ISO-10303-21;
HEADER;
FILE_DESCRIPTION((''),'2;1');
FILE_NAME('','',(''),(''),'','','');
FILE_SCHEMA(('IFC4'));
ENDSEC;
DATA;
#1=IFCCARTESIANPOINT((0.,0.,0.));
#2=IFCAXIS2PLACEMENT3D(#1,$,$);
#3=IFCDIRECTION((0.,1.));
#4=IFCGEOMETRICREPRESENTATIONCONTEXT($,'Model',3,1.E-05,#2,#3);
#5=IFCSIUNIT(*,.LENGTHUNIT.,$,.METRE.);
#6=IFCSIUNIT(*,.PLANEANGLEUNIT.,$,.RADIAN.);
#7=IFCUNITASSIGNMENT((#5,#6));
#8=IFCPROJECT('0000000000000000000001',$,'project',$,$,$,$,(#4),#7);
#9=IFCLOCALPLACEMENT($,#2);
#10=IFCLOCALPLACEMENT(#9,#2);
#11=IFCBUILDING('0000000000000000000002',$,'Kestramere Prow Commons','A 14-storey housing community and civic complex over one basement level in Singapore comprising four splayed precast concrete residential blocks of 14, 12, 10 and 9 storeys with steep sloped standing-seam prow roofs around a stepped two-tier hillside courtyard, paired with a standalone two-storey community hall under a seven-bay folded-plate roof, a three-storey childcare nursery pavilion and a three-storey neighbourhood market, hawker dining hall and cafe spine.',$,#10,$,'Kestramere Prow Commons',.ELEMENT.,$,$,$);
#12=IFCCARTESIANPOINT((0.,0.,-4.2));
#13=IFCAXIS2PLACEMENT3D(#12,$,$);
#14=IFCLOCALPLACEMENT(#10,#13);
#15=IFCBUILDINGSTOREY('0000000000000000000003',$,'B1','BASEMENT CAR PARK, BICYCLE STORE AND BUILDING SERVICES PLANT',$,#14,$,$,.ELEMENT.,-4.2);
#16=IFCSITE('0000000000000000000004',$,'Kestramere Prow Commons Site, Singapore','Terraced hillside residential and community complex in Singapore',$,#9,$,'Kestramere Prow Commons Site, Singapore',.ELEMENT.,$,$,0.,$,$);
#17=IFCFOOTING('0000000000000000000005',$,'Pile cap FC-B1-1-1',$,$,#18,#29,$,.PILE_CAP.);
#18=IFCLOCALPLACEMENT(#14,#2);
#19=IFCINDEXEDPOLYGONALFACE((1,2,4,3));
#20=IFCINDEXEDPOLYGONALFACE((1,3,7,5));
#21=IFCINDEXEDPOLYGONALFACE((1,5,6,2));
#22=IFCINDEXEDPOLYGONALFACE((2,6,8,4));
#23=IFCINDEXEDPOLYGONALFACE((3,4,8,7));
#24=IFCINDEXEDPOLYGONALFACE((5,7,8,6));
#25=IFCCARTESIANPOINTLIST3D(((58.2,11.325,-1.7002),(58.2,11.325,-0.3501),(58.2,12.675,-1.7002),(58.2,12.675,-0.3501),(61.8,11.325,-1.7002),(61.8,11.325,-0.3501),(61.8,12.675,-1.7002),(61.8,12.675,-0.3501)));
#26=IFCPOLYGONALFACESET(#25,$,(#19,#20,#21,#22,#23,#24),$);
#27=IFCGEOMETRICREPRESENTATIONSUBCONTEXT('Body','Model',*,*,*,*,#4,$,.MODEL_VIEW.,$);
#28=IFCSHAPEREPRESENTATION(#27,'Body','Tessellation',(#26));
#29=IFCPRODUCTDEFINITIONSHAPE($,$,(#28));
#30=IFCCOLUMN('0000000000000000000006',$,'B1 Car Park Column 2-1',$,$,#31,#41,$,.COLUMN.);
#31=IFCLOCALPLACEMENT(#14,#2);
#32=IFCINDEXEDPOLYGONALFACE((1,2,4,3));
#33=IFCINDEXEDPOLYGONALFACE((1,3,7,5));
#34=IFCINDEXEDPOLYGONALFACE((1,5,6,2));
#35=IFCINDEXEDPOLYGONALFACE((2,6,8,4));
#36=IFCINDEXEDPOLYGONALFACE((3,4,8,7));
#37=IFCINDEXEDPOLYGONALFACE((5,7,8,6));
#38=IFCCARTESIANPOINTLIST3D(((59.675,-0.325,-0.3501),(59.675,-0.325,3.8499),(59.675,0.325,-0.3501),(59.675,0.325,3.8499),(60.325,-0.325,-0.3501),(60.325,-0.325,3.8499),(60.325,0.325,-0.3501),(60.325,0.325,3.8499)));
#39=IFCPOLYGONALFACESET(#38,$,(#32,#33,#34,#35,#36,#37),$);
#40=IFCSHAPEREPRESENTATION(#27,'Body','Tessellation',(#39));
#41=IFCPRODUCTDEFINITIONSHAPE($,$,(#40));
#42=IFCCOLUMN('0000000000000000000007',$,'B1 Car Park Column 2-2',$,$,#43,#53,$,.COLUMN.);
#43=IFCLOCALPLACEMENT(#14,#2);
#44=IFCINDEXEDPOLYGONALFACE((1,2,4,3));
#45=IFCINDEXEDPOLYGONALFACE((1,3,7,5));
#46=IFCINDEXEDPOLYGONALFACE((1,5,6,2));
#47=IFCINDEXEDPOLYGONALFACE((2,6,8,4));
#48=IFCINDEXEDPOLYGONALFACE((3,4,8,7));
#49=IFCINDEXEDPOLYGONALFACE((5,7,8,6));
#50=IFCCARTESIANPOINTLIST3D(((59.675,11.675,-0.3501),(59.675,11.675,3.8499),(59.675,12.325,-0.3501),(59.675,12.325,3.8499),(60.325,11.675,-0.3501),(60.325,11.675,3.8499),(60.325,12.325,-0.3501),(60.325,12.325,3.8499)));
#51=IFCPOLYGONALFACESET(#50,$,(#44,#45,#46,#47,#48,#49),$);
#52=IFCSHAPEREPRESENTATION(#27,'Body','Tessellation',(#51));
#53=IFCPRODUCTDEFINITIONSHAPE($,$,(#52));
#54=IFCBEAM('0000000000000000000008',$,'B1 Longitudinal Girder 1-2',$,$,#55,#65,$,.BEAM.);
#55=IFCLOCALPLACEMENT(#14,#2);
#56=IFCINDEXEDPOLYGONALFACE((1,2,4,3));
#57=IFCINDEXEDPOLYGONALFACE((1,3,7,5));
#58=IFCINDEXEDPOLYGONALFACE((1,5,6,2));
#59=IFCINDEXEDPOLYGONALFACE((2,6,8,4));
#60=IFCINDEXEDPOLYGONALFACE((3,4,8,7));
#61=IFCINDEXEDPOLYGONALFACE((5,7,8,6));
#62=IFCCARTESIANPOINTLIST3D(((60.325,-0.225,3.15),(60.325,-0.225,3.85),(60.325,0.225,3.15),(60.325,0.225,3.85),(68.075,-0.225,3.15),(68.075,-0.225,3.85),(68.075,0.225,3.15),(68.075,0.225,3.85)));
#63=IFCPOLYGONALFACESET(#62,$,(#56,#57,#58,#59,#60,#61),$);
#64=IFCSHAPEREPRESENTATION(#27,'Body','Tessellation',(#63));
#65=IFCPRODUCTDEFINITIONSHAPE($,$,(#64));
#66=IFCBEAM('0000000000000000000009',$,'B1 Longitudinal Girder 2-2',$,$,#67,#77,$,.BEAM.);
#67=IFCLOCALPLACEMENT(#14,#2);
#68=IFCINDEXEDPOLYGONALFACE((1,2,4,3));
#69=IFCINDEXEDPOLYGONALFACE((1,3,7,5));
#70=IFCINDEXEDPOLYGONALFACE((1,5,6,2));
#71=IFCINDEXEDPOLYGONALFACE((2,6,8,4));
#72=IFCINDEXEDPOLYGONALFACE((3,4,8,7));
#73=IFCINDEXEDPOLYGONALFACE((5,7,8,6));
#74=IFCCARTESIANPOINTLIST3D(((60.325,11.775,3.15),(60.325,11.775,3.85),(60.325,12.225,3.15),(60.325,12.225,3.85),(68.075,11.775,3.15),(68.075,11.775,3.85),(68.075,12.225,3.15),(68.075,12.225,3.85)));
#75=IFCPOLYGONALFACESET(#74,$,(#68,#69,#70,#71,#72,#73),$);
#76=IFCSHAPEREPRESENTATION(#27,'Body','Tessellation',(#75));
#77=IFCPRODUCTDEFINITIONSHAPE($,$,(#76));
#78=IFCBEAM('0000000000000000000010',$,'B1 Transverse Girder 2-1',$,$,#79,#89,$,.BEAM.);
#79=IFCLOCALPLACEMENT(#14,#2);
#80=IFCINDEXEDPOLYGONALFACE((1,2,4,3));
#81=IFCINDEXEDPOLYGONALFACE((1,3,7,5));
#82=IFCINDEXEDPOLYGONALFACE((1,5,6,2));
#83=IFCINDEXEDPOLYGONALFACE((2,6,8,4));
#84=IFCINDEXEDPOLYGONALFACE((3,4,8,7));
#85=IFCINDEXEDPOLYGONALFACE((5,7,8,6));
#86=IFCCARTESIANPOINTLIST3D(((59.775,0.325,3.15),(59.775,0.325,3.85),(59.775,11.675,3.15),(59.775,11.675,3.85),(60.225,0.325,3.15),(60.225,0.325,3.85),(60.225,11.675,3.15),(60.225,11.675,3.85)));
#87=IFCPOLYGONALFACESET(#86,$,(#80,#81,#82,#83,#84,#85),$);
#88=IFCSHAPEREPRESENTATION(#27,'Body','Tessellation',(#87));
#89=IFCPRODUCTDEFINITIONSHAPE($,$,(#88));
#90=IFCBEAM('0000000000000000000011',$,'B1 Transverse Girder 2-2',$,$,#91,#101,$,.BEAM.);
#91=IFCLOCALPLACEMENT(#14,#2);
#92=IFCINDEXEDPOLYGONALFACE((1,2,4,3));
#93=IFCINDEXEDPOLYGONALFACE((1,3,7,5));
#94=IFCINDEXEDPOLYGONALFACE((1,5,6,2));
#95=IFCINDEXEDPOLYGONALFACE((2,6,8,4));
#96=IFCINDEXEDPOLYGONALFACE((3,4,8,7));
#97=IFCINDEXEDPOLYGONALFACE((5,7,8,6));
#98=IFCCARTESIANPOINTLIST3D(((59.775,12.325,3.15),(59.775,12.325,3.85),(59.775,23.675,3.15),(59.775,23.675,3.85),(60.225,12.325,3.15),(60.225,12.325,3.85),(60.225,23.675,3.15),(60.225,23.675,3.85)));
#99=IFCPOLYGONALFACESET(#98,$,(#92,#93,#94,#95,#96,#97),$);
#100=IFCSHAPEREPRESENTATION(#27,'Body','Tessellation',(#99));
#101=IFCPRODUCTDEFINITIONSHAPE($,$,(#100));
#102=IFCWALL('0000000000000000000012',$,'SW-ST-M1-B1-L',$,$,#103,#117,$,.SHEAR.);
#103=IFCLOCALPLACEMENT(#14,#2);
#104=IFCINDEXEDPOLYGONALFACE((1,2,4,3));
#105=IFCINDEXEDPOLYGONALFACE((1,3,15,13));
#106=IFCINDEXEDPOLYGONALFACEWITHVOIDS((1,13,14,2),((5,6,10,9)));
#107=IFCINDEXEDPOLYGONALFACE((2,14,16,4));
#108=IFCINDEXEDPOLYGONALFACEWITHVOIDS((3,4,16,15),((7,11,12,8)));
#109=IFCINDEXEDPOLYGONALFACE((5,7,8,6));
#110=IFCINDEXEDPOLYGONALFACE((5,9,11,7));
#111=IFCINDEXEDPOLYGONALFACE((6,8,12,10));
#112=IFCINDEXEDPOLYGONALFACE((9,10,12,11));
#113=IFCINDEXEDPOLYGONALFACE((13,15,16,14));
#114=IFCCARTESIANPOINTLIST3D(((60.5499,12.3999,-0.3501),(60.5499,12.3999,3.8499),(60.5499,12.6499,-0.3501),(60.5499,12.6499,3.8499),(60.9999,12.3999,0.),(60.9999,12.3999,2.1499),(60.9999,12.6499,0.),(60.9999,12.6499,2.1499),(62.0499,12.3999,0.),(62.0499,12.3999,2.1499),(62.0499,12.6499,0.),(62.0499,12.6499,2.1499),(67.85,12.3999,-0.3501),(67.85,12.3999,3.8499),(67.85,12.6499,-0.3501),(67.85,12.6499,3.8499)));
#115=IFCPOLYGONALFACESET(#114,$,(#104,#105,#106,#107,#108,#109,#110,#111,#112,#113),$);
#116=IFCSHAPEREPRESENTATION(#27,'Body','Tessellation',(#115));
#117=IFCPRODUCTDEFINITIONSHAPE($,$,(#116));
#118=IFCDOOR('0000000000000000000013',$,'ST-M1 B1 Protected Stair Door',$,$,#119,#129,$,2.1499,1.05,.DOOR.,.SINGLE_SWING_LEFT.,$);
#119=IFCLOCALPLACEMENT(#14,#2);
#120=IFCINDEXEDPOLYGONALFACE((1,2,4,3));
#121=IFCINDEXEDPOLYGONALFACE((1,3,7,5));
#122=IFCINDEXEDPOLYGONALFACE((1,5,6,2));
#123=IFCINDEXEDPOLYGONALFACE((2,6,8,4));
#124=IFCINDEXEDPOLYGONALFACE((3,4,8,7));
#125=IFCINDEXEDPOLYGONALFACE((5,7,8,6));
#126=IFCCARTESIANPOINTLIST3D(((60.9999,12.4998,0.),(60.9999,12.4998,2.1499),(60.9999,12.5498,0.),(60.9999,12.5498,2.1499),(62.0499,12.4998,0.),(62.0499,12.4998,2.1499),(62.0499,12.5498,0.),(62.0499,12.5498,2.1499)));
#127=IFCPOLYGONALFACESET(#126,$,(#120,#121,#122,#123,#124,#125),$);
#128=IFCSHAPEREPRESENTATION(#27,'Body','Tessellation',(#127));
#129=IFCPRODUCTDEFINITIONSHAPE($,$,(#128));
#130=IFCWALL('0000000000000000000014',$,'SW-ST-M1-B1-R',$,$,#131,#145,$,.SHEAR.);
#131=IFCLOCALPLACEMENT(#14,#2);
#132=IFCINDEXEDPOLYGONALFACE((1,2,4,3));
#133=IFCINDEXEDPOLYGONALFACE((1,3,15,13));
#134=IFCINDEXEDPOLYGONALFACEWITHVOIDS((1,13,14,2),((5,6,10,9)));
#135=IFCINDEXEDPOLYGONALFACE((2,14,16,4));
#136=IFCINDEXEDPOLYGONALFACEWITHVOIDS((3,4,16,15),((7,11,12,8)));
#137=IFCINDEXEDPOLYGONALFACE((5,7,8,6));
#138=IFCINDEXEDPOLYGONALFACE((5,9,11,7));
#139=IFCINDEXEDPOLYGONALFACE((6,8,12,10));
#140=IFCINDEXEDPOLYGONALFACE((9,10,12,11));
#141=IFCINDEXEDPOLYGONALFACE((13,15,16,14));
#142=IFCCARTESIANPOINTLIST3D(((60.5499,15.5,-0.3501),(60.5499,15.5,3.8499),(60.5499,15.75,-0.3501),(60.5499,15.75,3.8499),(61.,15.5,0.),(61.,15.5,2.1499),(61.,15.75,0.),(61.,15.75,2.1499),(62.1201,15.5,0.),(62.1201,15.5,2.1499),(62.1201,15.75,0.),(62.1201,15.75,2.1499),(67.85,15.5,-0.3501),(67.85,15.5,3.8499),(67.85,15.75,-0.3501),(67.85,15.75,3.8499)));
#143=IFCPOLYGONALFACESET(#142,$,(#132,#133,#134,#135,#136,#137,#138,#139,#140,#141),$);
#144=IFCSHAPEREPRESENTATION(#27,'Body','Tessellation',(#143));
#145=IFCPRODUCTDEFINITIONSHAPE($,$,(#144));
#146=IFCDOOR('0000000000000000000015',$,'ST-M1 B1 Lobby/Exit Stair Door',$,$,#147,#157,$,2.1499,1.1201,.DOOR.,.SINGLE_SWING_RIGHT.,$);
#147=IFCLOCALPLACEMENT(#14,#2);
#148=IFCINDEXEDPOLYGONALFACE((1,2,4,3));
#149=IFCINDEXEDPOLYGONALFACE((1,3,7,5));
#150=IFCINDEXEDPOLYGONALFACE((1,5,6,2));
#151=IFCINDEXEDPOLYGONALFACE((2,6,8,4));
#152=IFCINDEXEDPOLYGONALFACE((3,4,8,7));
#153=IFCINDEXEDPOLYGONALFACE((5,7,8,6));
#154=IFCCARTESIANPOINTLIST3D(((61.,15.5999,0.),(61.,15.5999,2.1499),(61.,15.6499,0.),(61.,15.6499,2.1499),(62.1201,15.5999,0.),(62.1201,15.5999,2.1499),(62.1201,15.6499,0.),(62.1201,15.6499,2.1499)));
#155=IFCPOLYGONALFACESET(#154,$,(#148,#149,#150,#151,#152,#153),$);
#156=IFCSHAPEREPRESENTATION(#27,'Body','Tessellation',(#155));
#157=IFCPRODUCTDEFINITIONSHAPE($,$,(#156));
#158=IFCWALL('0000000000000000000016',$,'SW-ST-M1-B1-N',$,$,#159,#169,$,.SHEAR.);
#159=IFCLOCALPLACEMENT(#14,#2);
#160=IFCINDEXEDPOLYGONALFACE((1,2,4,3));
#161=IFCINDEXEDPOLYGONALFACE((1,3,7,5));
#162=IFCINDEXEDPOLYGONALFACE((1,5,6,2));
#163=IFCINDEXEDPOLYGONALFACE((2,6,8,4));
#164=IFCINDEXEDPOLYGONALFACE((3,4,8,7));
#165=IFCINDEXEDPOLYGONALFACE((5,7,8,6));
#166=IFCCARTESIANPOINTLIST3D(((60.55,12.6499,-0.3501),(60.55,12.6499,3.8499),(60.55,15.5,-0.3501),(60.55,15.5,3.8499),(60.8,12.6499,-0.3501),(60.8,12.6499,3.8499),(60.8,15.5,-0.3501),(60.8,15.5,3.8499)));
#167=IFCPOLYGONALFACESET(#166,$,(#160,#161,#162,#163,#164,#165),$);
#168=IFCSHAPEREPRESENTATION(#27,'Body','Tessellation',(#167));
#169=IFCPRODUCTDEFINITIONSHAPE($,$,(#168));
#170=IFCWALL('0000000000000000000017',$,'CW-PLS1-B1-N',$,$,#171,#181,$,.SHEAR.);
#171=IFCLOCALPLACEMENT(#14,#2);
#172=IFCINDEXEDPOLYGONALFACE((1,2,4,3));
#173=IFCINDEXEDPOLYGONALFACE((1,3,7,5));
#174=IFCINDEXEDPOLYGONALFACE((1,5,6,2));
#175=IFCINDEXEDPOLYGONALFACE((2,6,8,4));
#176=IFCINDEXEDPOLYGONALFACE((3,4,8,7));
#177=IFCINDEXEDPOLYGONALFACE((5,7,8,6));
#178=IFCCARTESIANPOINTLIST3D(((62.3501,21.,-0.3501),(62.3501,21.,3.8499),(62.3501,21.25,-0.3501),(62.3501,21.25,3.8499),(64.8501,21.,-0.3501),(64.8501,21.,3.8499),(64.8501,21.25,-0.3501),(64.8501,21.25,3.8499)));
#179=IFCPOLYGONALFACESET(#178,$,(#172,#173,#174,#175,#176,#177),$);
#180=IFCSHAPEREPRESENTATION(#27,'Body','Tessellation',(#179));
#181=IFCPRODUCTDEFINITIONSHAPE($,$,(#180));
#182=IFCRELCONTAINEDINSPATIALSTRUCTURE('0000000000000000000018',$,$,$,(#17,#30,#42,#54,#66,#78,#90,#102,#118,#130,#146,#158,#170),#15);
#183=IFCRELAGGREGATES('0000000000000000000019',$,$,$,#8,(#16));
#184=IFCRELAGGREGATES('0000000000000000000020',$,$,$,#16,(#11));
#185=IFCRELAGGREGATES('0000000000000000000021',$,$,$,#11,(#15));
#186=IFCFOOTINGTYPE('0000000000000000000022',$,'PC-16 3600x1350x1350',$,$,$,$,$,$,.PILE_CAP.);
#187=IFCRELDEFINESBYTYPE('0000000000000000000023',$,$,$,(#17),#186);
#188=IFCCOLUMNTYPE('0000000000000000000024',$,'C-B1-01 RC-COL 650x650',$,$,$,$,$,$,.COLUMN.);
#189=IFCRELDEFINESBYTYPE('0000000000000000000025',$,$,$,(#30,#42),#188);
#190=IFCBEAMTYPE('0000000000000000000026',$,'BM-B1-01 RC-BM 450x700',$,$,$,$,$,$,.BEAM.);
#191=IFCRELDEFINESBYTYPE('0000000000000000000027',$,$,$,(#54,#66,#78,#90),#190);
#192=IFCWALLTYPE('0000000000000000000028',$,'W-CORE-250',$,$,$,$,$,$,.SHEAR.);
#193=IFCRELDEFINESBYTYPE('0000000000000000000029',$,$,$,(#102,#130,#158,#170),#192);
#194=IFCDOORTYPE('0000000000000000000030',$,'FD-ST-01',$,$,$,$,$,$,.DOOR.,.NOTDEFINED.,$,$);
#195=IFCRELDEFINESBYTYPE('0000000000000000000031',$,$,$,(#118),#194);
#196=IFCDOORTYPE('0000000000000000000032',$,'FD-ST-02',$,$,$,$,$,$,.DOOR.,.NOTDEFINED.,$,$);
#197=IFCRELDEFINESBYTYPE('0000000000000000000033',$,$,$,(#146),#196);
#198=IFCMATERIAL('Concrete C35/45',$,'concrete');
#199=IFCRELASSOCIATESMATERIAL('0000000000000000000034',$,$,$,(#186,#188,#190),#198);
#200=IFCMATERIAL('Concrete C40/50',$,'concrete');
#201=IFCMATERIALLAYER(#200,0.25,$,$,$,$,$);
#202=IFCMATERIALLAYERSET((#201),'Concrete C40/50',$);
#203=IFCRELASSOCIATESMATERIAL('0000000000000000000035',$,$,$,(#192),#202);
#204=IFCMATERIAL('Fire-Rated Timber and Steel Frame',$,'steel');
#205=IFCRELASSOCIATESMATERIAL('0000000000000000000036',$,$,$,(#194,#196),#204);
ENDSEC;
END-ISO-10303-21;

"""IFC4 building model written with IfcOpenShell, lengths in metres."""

from ifc_helpers import new_model, si_unit, direction, frame, frame_2d, origin, origin_2d, place, context, subcontext, project, spatial, rectangle, extrude, material, layer, layer_set, material_profile, profile_set, type_object, element, fill, save


model = new_model("IFC4")

# Units and contexts
model_context = context("Model", 3, precision=1e-05, world=origin(), true_north=direction((0.0, 1.0)))
body_context = subcontext(model_context, "Body", "Model", "MODEL_VIEW")
ifc_project = project(units=[si_unit("LENGTHUNIT", "METRE"), si_unit("PLANEANGLEUNIT", "RADIAN")], contexts=[model_context])

# Site, building, storey
site_placement = place(None, origin())
site = spatial("IfcSite", under=ifc_project, at=site_placement, Name="Kestramere Prow Commons Site, Singapore", Description="Terraced hillside residential and community complex in Singapore", LongName="Kestramere Prow Commons Site, Singapore", CompositionType="ELEMENT", RefElevation=0.0)
building_placement = place(site_placement, origin())
building = spatial("IfcBuilding", under=site, at=building_placement, Name="Kestramere Prow Commons", Description="A 14-storey housing community and civic complex over one basement level in Singapore comprising four splayed precast concrete residential blocks of 14, 12, 10 and 9 storeys with steep sloped standing-seam prow roofs around a stepped two-tier hillside courtyard, paired with a standalone two-storey community hall under a seven-bay folded-plate roof, a three-storey childcare nursery pavilion and a three-storey neighbourhood market, hawker dining hall and cafe spine.", LongName="Kestramere Prow Commons", CompositionType="ELEMENT")
storey_placement = place(building_placement, frame((0.0, 0.0, -4.2)))
storey = spatial("IfcBuildingStorey", under=building, at=storey_placement, Name="B1", Description="BASEMENT CAR PARK, BICYCLE STORE AND BUILDING SERVICES PLANT", CompositionType="ELEMENT", Elevation=-4.2)

# Shared definitions
ifc_material_1 = material(Name="Concrete C35/45", Category="concrete")

# Footing
footing_type_1 = type_object("IfcFootingType", Name="PC-16 3600x1350x1350", PredefinedType="PILE_CAP", material=ifc_material_1)
for number, where, z_axis, x_axis, name in (
    (1, (60.0, 12.0, -1.7002), (0.0, 0.0, 1.0), (1.0, 0.0, 0.0), "Pile cap FC-B1-1-1"),
):
    element("IfcFooting", number, at=place(storey_placement, frame(where, z_axis=z_axis, x_axis=x_axis)), inside=storey, type_object=footing_type_1, Name=name, PredefinedType="PILE_CAP", context=body_context, shape_type="SweptSolid", body=[
        extrude(rectangle(XDim=3.6001, YDim=1.3501, at=origin_2d()), origin(), (0.0, 0.0, 1.0), 1.3501),
    ])

# Columns
ifc_material_profile_1 = material_profile(ifc_material_1, rectangle(XDim=0.6499, YDim=0.6499, at=origin_2d()), Name="RC-COL 650x650")
ifc_profile_set_1 = profile_set([ifc_material_profile_1], Name="Concrete C35/45")
column_type = type_object("IfcColumnType", Name="C-B1-01 RC-COL 650x650", PredefinedType="COLUMN", material=ifc_profile_set_1)
for number, where, z_axis, x_axis, name in (
    (2, (60.0, 0.0, -0.3501), (0.0, 0.0, 1.0), (1.0, 0.0, 0.0), "B1 Car Park Column 2-1"),
    (3, (60.0, 12.0, -0.3501), (0.0, 0.0, 1.0), (1.0, 0.0, 0.0), "B1 Car Park Column 2-2"),
):
    element("IfcColumn", number, at=place(storey_placement, frame(where, z_axis=z_axis, x_axis=x_axis)), inside=storey, type_object=column_type, Name=name, PredefinedType="COLUMN", context=body_context, shape_type="SweptSolid", body=[
        extrude(rectangle(XDim=0.6499, YDim=0.6499, at=origin_2d()), origin(), (0.0, 0.0, 1.0), 4.2),
    ])

# Beams
ifc_material_profile_2 = material_profile(ifc_material_1, rectangle(XDim=0.45, YDim=0.7, at=origin_2d()), Name="RC-BM 450x700")
ifc_profile_set_2 = profile_set([ifc_material_profile_2], Name="Concrete C35/45")
beam_type = type_object("IfcBeamType", Name="BM-B1-01 RC-BM 450x700", PredefinedType="BEAM", material=ifc_profile_set_2)
for number, where, z_axis, x_axis, name in (
    (4, (60.325, 0.0, 3.5), (1.0, 0.0, 0.0), (0.0, 1.0, 0.0), "B1 Longitudinal Girder 1-2"),
    (5, (60.325, 12.0, 3.5), (1.0, 0.0, 0.0), (0.0, 1.0, 0.0), "B1 Longitudinal Girder 2-2"),
):
    element("IfcBeam", number, at=place(storey_placement, frame(where, z_axis=z_axis, x_axis=x_axis)), inside=storey, type_object=beam_type, Name=name, PredefinedType="BEAM", context=body_context, shape_type="SweptSolid", body=[
        extrude(rectangle(XDim=0.45, YDim=0.7, at=origin_2d()), origin(), (0.0, 0.0, 1.0), 7.75),
    ])
for number, where, z_axis, x_axis, name in (
    (6, (60.0, 0.325, 3.5), (0.0, 1.0, 0.0), (-1.0, 0.0, 0.0), "B1 Transverse Girder 2-1"),
    (7, (60.0, 12.325, 3.5), (0.0, 1.0, 0.0), (-1.0, 0.0, 0.0), "B1 Transverse Girder 2-2"),
):
    element("IfcBeam", number, at=place(storey_placement, frame(where, z_axis=z_axis, x_axis=x_axis)), inside=storey, type_object=beam_type, Name=name, PredefinedType="BEAM", context=body_context, shape_type="SweptSolid", body=[
        extrude(rectangle(XDim=0.45, YDim=0.7, at=origin_2d()), origin(), (0.0, 0.0, 1.0), 11.3501),
    ])

# Walls, openings, doors
ifc_material_2 = material(Name="Concrete C40/50", Category="concrete")
ifc_layer_1 = layer(ifc_material_2, 0.25)
ifc_layer_set_1 = layer_set([ifc_layer_1], Name="Concrete C40/50")
wall_type_1 = type_object("IfcWallType", Name="W-CORE-250", PredefinedType="SHEAR", material=ifc_layer_set_1)
wall_1_placement = place(storey_placement, frame((60.55, 12.5249, -0.3501), z_axis=(0.0, 0.0, 1.0), x_axis=(1.0, 0.0, 0.0)))
wall_1 = element("IfcWall", 8, at=wall_1_placement, inside=storey, type_object=wall_type_1, Name="SW-ST-M1-B1-L", PredefinedType="SHEAR", context=body_context, shape_type="SweptSolid", body=[
    extrude(rectangle(XDim=7.3, YDim=0.25, at=frame_2d((3.6499, 0.0))), origin(), (0.0, 0.0, 1.0), 4.2),
])
opening_1_placement = place(wall_1_placement, frame((0.45, 0.0, 0.3501)))
opening_1 = element("IfcOpeningElement", 9, at=opening_1_placement, cuts=wall_1, PredefinedType="OPENING", context=body_context, shape_type="SweptSolid", body=[
    extrude(rectangle(XDim=1.05, YDim=2.1499, at=frame_2d((0.5249, 1.075))), frame((0.0, 0.1399, 0.0), z_axis=(0.0, -1.0, 0.0), x_axis=(1.0, 0.0, 0.0)), (0.0, 0.0, 1.0), 0.28),
])
ifc_material_3 = material(Name="Fire-Rated Timber and Steel Frame", Category="steel")
door_type_1 = type_object("IfcDoorType", Name="FD-ST-01", OperationType="NOTDEFINED", PredefinedType="DOOR", material=ifc_material_3)
door_1_placement = place(opening_1_placement, origin())
door_1 = element("IfcDoor", 10, at=door_1_placement, inside=storey, type_object=door_type_1, Name="ST-M1 B1 Protected Stair Door", OperationType="SINGLE_SWING_LEFT", OverallHeight=2.1499, OverallWidth=1.05, PredefinedType="DOOR", context=body_context, shape_type="SweptSolid", body=[
    extrude(rectangle(XDim=1.05, YDim=2.1499, at=frame_2d((0.5249, 1.075))), frame((0.0, 0.0249, 0.0), z_axis=(0.0, -1.0, 0.0), x_axis=(1.0, 0.0, 0.0)), (0.0, 0.0, 1.0), 0.05),
])
fill(opening_1, door_1)
wall_2_placement = place(storey_placement, frame((60.55, 15.625, -0.3501), z_axis=(0.0, 0.0, 1.0), x_axis=(1.0, 0.0, 0.0)))
wall_2 = element("IfcWall", 11, at=wall_2_placement, inside=storey, type_object=wall_type_1, Name="SW-ST-M1-B1-R", PredefinedType="SHEAR", context=body_context, shape_type="SweptSolid", body=[
    extrude(rectangle(XDim=7.3, YDim=0.25, at=frame_2d((3.6499, 0.0))), origin(), (0.0, 0.0, 1.0), 4.2),
])
opening_2_placement = place(wall_2_placement, frame((0.45, 0.0, 0.3501)))
opening_2 = element("IfcOpeningElement", 12, at=opening_2_placement, cuts=wall_2, PredefinedType="OPENING", context=body_context, shape_type="SweptSolid", body=[
    extrude(rectangle(XDim=1.1201, YDim=2.1499, at=frame_2d((0.5601, 1.075))), frame((0.0, 0.1399, 0.0), z_axis=(0.0, -1.0, 0.0), x_axis=(1.0, 0.0, 0.0)), (0.0, 0.0, 1.0), 0.28),
])
door_type_2 = type_object("IfcDoorType", Name="FD-ST-02", OperationType="NOTDEFINED", PredefinedType="DOOR", material=ifc_material_3)
door_2_placement = place(opening_2_placement, origin())
door_2 = element("IfcDoor", 13, at=door_2_placement, inside=storey, type_object=door_type_2, Name="ST-M1 B1 Lobby/Exit Stair Door", OperationType="SINGLE_SWING_RIGHT", OverallHeight=2.1499, OverallWidth=1.1201, PredefinedType="DOOR", context=body_context, shape_type="SweptSolid", body=[
    extrude(rectangle(XDim=1.1201, YDim=2.1499, at=frame_2d((0.5601, 1.075))), frame((0.0, 0.0249, 0.0), z_axis=(0.0, -1.0, 0.0), x_axis=(1.0, 0.0, 0.0)), (0.0, 0.0, 1.0), 0.05),
])
fill(opening_2, door_2)

# Walls
wall_3_placement = place(storey_placement, frame((60.675, 12.6499, -0.3501), z_axis=(0.0, 0.0, 1.0), x_axis=(0.0, 1.0, 0.0)))
element("IfcWall", 14, at=wall_3_placement, inside=storey, type_object=wall_type_1, Name="SW-ST-M1-B1-N", PredefinedType="SHEAR", context=body_context, shape_type="SweptSolid", body=[
    extrude(rectangle(XDim=2.8501, YDim=0.25, at=frame_2d((1.425, 0.0))), origin(), (0.0, 0.0, 1.0), 4.2),
])
wall_4_placement = place(storey_placement, frame((62.3501, 21.125, -0.3501), z_axis=(0.0, 0.0, 1.0), x_axis=(1.0, 0.0, 0.0)))
element("IfcWall", 15, at=wall_4_placement, inside=storey, type_object=wall_type_1, Name="CW-PLS1-B1-N", PredefinedType="SHEAR", context=body_context, shape_type="SweptSolid", body=[
    extrude(rectangle(XDim=2.5, YDim=0.25, at=frame_2d((1.25, 0.0))), origin(), (0.0, 0.0, 1.0), 4.2),
])

save(model, "model.ifc")
